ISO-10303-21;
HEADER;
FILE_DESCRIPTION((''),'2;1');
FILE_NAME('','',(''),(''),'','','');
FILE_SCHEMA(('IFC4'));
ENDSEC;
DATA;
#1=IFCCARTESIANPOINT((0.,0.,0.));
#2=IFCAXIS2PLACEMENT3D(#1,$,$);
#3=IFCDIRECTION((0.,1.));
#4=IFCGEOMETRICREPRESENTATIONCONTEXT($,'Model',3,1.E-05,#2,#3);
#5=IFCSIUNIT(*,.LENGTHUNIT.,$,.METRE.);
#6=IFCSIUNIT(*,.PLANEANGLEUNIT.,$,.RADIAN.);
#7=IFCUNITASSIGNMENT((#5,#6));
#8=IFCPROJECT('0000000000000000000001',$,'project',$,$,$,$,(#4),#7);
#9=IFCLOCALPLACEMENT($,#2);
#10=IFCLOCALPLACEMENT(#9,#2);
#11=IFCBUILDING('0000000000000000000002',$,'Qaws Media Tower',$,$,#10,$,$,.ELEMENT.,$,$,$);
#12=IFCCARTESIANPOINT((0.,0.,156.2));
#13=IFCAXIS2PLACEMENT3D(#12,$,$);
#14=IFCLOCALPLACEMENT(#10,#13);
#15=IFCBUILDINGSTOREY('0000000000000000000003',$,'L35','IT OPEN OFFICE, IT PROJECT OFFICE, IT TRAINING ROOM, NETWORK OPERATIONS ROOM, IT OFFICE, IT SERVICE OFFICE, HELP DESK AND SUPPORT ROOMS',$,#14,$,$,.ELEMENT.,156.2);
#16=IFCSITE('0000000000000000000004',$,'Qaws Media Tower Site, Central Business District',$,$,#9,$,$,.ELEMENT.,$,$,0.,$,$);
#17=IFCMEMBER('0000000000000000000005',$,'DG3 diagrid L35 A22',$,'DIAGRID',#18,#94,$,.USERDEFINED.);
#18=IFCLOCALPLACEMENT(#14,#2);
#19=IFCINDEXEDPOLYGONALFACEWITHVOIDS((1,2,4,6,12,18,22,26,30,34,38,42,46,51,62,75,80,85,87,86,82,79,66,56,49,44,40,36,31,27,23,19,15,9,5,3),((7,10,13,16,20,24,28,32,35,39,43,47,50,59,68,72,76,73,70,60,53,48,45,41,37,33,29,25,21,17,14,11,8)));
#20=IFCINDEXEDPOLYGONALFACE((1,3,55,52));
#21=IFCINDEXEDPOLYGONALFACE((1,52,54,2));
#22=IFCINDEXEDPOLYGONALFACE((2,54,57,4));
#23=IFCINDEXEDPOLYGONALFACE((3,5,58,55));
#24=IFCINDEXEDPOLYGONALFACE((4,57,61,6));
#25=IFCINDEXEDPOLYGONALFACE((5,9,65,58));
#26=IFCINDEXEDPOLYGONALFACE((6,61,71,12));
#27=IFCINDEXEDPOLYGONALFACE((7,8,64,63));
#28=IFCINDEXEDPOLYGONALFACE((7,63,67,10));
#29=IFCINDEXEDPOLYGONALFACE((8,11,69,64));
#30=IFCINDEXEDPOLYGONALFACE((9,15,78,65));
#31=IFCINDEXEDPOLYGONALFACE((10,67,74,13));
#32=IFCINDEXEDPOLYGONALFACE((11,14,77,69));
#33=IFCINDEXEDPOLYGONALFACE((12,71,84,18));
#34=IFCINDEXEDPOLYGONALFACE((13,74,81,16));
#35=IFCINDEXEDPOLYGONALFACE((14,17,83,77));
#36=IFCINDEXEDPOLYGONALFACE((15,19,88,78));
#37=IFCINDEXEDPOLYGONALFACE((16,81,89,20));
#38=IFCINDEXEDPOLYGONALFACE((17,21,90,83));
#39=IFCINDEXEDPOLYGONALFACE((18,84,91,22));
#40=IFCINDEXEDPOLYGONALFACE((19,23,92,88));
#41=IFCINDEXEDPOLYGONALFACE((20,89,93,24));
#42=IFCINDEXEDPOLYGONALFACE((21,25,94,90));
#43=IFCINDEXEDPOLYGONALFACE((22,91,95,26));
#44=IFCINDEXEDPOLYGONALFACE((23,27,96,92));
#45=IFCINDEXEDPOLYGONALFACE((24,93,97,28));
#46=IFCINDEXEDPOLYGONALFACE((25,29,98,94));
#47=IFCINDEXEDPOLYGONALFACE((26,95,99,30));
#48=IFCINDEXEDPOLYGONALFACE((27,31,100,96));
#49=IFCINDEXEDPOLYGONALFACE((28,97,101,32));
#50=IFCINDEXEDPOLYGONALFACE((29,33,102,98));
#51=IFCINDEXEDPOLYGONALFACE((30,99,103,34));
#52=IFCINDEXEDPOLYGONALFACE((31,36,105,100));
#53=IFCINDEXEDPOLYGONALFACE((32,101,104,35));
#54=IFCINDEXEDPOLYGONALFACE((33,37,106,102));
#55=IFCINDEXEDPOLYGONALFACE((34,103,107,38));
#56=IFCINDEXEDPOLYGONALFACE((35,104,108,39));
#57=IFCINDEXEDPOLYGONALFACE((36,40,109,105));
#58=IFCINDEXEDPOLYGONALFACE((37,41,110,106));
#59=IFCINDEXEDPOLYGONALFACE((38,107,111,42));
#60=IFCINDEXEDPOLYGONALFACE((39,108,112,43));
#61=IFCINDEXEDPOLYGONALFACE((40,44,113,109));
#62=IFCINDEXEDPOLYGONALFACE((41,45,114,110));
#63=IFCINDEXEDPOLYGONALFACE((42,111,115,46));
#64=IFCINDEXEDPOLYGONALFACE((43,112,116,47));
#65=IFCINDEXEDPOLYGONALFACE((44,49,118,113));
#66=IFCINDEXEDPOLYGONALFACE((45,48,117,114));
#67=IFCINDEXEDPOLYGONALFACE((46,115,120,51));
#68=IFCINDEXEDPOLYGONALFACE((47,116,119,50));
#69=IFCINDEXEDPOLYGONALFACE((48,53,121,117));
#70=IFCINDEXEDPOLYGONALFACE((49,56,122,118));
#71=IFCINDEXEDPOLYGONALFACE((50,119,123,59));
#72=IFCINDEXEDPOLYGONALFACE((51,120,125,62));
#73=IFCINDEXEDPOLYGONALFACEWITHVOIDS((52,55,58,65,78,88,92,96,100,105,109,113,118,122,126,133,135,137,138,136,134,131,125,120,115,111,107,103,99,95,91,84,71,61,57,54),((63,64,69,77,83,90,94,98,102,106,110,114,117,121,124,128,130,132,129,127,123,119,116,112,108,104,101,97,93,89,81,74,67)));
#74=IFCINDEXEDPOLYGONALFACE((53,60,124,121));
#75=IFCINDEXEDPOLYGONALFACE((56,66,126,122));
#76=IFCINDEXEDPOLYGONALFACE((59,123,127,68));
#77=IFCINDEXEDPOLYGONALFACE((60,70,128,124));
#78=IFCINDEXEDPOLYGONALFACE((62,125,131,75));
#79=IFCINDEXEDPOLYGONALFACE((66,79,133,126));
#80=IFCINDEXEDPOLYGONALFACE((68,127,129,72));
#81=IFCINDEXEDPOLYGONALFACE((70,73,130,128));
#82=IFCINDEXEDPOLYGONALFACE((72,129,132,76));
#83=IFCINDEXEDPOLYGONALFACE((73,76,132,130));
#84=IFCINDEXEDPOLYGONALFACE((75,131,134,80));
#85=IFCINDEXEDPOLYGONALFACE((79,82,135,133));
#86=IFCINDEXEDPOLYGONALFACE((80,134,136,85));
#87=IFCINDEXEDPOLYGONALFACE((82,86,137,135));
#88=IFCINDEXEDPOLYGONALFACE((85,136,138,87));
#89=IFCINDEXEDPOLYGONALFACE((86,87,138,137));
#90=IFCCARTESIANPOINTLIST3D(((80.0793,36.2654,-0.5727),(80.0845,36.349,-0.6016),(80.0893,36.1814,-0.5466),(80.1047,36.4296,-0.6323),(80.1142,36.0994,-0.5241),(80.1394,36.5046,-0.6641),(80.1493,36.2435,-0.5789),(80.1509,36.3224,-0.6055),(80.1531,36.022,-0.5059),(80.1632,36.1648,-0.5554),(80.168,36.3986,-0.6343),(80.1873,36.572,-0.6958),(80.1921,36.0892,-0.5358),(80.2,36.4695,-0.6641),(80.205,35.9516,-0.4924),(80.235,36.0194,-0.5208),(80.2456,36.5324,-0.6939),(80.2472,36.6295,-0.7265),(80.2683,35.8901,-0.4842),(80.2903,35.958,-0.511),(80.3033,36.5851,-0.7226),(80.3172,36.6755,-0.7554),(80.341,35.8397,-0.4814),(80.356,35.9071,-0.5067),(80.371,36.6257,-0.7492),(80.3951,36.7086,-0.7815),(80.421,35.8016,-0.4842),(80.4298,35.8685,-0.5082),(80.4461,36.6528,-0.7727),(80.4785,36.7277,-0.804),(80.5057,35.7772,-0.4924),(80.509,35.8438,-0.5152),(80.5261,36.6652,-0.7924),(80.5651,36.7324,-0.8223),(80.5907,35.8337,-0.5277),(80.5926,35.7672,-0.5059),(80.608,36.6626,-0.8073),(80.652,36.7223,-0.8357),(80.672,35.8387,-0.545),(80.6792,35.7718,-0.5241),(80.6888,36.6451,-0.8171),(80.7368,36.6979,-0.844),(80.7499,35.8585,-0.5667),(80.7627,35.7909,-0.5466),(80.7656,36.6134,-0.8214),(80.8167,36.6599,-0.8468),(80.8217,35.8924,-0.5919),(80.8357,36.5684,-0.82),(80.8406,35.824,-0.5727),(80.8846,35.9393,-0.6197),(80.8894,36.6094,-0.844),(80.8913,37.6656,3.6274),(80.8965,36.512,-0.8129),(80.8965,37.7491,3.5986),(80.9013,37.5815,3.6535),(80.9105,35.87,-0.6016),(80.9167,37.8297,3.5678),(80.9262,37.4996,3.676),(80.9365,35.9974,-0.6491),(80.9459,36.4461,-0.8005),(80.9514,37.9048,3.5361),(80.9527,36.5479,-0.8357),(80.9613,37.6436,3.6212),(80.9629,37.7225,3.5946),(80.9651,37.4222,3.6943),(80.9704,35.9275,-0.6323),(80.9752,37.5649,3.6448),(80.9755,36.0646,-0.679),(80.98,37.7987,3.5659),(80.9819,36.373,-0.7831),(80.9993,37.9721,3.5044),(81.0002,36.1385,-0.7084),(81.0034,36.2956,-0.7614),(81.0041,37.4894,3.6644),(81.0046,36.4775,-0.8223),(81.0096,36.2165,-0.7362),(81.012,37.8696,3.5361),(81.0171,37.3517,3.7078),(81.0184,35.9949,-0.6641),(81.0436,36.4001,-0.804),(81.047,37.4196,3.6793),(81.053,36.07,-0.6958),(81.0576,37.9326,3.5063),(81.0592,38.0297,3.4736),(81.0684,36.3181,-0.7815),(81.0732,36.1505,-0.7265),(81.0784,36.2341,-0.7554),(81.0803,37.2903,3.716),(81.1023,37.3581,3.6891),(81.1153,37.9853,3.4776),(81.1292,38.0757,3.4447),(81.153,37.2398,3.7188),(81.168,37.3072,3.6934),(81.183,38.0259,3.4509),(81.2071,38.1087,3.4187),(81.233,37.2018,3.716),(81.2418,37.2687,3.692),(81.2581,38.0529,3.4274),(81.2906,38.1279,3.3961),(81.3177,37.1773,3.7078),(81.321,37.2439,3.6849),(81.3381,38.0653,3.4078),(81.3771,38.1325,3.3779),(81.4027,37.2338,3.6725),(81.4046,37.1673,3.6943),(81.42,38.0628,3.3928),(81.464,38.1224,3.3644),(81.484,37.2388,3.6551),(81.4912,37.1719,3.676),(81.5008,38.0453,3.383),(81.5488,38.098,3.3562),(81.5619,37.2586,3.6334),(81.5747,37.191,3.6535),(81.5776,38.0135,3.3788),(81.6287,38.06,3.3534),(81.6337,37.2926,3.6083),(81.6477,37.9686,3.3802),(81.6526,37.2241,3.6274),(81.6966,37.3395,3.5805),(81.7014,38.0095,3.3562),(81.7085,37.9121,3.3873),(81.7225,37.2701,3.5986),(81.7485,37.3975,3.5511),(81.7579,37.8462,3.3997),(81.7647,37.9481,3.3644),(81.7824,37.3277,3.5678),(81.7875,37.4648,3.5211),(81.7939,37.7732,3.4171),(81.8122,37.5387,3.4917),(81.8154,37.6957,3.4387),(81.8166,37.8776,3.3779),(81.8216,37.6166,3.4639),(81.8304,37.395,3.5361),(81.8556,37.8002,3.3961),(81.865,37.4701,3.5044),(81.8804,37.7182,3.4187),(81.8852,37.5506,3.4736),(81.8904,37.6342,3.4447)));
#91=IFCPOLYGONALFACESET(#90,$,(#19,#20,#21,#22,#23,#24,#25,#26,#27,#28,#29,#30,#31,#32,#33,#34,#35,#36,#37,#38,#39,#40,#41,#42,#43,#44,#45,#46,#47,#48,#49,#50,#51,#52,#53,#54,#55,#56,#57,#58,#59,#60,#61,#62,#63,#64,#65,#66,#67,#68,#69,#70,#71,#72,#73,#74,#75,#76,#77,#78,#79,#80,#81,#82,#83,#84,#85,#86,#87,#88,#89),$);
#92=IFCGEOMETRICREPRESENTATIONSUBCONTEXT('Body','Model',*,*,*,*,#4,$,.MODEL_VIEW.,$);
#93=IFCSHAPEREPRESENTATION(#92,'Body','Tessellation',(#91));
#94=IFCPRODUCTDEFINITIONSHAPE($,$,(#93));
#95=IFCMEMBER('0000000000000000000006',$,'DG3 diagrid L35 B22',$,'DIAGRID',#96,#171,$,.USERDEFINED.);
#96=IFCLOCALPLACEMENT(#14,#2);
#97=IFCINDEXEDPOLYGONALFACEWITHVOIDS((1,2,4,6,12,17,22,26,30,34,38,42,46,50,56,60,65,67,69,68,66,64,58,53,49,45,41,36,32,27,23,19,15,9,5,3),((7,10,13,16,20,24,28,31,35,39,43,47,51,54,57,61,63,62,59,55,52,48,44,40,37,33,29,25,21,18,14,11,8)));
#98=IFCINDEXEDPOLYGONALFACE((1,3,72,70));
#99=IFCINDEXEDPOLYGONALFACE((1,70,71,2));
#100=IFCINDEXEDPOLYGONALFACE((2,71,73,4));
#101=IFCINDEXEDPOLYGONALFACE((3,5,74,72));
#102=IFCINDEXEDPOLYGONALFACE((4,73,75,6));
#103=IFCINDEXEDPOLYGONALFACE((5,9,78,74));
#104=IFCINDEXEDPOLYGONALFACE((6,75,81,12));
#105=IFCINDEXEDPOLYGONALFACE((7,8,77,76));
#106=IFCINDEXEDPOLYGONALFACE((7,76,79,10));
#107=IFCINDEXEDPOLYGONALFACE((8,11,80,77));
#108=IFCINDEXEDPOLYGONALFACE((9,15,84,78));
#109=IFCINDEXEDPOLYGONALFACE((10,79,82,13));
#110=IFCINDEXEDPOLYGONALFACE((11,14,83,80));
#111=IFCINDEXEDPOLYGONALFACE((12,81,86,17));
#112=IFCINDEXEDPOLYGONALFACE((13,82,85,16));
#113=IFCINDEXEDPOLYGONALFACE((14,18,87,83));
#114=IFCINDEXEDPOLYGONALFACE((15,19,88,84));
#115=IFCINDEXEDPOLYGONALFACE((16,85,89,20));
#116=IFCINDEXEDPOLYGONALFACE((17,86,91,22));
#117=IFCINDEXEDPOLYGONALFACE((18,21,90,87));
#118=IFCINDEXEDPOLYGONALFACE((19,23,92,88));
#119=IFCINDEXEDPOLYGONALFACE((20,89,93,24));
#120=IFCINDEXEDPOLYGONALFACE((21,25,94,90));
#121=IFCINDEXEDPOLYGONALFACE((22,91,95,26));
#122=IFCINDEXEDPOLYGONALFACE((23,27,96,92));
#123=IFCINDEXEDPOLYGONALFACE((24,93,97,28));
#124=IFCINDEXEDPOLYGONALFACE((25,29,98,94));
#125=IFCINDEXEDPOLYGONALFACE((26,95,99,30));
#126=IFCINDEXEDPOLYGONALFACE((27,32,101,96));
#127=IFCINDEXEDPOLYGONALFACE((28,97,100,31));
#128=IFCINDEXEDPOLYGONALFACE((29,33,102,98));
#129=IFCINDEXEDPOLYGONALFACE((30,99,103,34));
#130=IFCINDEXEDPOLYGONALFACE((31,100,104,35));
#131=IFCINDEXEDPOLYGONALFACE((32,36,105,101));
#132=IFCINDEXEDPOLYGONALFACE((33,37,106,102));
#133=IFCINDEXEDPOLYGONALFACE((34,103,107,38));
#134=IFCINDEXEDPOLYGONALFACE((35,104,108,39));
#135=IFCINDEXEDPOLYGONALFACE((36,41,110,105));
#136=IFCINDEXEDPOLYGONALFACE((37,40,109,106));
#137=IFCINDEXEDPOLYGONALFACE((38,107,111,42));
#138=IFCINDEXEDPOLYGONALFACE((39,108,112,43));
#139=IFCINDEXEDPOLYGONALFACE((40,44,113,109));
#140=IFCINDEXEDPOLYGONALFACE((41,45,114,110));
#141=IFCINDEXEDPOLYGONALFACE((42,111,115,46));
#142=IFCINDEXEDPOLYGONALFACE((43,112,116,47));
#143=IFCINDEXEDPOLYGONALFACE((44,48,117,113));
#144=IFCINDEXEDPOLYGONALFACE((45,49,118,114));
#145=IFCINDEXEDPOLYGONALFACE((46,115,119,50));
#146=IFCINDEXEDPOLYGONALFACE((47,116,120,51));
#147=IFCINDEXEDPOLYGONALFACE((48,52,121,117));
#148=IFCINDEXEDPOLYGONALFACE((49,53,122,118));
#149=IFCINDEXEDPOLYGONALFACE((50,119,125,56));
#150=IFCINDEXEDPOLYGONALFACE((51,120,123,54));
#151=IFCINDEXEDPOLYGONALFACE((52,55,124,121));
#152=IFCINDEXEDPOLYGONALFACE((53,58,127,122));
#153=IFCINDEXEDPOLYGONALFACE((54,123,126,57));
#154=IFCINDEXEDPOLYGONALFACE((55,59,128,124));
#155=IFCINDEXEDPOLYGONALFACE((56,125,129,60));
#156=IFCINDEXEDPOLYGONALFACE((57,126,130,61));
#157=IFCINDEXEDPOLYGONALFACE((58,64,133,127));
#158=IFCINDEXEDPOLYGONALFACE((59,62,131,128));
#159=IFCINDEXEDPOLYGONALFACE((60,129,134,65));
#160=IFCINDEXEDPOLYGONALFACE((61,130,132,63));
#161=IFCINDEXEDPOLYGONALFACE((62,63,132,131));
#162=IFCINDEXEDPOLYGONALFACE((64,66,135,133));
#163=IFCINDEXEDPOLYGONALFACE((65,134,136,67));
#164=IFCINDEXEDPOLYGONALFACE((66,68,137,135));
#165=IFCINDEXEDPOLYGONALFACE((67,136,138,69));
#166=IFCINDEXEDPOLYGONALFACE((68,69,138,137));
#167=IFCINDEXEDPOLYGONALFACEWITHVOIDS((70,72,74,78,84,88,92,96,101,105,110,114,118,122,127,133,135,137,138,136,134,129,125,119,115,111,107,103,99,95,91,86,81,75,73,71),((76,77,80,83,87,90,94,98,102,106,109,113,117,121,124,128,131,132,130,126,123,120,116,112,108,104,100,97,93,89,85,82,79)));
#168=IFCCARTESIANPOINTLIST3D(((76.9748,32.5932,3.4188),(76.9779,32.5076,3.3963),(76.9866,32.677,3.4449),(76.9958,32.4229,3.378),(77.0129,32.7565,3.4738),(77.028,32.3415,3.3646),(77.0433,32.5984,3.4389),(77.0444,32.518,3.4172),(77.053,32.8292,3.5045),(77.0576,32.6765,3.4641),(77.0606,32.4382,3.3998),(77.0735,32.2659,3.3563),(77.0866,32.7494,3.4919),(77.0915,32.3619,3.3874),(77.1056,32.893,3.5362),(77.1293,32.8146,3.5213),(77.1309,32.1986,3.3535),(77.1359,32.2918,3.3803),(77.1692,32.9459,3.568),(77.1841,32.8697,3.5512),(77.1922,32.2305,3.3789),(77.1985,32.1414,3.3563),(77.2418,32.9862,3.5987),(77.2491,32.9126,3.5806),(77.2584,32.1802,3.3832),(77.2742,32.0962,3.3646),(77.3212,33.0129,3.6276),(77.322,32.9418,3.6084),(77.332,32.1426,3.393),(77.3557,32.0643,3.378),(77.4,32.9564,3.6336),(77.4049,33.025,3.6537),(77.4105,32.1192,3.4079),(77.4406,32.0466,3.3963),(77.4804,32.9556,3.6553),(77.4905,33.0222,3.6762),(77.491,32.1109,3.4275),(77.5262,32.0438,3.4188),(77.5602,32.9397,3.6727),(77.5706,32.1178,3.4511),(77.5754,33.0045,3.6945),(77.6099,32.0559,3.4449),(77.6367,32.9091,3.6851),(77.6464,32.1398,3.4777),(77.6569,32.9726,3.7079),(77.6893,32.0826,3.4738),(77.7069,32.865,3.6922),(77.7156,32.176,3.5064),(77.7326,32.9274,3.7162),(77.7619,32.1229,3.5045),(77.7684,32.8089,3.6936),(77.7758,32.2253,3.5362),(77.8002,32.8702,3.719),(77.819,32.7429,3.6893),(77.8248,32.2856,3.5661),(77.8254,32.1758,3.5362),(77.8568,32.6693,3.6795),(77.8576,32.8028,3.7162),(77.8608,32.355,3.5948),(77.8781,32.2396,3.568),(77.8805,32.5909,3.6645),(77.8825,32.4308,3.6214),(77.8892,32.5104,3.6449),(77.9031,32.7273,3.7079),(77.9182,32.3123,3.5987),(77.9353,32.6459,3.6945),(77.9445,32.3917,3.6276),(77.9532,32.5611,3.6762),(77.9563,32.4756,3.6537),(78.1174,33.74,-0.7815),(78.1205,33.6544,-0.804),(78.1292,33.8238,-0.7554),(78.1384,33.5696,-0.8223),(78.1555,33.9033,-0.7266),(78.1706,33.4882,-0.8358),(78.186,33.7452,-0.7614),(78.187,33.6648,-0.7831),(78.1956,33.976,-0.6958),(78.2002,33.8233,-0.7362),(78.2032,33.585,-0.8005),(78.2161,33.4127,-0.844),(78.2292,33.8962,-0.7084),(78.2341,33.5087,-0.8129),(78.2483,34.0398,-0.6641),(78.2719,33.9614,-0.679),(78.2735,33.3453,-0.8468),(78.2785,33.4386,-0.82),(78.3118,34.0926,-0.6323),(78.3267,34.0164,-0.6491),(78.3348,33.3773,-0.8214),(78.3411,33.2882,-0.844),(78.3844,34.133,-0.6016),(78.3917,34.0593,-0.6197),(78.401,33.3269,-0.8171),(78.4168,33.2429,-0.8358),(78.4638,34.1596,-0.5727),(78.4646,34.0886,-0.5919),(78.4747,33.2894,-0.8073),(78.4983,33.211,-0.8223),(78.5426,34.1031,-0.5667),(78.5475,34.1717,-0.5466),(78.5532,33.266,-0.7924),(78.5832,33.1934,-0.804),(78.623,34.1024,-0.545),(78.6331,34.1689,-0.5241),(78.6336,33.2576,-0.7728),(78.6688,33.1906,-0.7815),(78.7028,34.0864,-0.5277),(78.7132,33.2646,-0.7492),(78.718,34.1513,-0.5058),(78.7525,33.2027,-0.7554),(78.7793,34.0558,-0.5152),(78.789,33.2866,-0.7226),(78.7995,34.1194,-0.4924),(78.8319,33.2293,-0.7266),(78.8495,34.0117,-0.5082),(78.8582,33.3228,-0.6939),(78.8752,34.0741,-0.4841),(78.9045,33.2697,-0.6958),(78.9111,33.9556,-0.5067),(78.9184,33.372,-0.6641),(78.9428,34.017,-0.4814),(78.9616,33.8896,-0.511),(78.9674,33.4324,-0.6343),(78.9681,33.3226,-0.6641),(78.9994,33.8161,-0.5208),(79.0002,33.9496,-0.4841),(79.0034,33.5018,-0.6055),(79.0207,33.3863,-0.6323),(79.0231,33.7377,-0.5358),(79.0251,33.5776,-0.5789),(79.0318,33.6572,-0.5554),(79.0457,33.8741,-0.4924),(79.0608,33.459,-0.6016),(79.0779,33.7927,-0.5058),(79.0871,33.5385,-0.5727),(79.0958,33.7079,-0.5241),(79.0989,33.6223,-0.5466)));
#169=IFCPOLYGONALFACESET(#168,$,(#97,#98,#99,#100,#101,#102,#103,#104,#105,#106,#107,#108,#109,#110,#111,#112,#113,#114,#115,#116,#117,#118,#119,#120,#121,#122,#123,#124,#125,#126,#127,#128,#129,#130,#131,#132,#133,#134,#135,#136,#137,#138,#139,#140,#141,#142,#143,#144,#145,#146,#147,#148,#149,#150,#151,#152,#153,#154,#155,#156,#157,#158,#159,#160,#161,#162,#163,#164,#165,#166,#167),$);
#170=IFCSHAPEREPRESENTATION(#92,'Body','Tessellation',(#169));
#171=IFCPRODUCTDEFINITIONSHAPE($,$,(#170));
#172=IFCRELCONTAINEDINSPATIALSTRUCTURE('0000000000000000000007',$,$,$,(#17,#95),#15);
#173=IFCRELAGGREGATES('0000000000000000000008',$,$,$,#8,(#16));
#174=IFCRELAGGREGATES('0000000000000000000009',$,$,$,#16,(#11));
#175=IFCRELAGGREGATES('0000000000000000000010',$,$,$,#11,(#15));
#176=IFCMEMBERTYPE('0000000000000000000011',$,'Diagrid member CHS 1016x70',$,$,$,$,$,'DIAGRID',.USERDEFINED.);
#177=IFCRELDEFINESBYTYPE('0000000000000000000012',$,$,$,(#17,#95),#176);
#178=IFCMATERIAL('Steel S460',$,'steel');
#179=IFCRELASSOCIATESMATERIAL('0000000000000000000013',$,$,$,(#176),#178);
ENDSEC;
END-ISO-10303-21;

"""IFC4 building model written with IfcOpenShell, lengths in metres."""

from ifc_helpers import new_model, si_unit, direction, frame, origin, origin_2d, place, context, subcontext, project, spatial, hollow_circle, extrude, material, material_profile, profile_set, type_object, element, save


model = new_model("IFC4")

# Units and contexts
model_context = context("Model", 3, precision=1e-05, world=origin(), true_north=direction((0.0, 1.0)))
body_context = subcontext(model_context, "Body", "Model", "MODEL_VIEW")
ifc_project = project(units=[si_unit("LENGTHUNIT", "METRE"), si_unit("PLANEANGLEUNIT", "RADIAN")], contexts=[model_context])

# Site, building, storey
site_placement = place(None, origin())
site = spatial("IfcSite", under=ifc_project, at=site_placement, Name="Qaws Media Tower Site, Central Business District", CompositionType="ELEMENT", RefElevation=0.0)
building_placement = place(site_placement, origin())
building = spatial("IfcBuilding", under=site, at=building_placement, Name="Qaws Media Tower", CompositionType="ELEMENT")
storey_placement = place(building_placement, frame((0.0, 0.0, 156.2)))
storey = spatial("IfcBuildingStorey", under=building, at=storey_placement, Name="L35", Description="IT OPEN OFFICE, IT PROJECT OFFICE, IT TRAINING ROOM, NETWORK OPERATIONS ROOM, IT OFFICE, IT SERVICE OFFICE, HELP DESK AND SUPPORT ROOMS", CompositionType="ELEMENT", Elevation=156.2)

# Members
ifc_material_1 = material(Name="Steel S460", Category="steel")
ifc_material_profile_1 = material_profile(ifc_material_1, hollow_circle(Radius=0.5081, WallThickness=0.0701, at=origin_2d()), Name="CHS 1016x70")
ifc_profile_set_1 = profile_set([ifc_material_profile_1], Name="Steel S460")
member_type_1 = type_object("IfcMemberType", Name="Diagrid member CHS 1016x70", ElementType="DIAGRID", PredefinedType="USERDEFINED", material=ifc_profile_set_1)
for number, where, z_axis, x_axis, name in (
    (1, (80.5789, 36.2498, -0.6641), (0.180396, 0.311056, 0.933114), (-0.865051, 0.501684, 0.0), "DG3 diagrid L35 A22"),
):
    element("IfcMember", number, at=place(storey_placement, frame(where, z_axis=z_axis, x_axis=x_axis)), inside=storey, type_object=member_type_1, Name=name, ObjectType="DIAGRID", PredefinedType="USERDEFINED", context=body_context, shape_type="SweptSolid", body=[
        extrude(hollow_circle(Radius=0.5081, WallThickness=0.0701, at=origin_2d()), origin(), (0.0, 0.0, 1.0), 4.5012),
    ])
member_1_placement = place(storey_placement, frame((78.6082, 33.6812, -0.6641), z_axis=(-0.25383, -0.254752, 0.933098), x_axis=(0.708388, -0.705824, 0.0)))
element("IfcMember", 2, at=member_1_placement, inside=storey, type_object=member_type_1, Name="DG3 diagrid L35 B22", ObjectType="DIAGRID", PredefinedType="USERDEFINED", context=body_context, shape_type="SweptSolid", body=[
    extrude(hollow_circle(Radius=0.5081, WallThickness=0.0701, at=origin_2d()), origin(), (0.0, 0.0, 1.0), 4.5015),
])

save(model, "model.ifc")
